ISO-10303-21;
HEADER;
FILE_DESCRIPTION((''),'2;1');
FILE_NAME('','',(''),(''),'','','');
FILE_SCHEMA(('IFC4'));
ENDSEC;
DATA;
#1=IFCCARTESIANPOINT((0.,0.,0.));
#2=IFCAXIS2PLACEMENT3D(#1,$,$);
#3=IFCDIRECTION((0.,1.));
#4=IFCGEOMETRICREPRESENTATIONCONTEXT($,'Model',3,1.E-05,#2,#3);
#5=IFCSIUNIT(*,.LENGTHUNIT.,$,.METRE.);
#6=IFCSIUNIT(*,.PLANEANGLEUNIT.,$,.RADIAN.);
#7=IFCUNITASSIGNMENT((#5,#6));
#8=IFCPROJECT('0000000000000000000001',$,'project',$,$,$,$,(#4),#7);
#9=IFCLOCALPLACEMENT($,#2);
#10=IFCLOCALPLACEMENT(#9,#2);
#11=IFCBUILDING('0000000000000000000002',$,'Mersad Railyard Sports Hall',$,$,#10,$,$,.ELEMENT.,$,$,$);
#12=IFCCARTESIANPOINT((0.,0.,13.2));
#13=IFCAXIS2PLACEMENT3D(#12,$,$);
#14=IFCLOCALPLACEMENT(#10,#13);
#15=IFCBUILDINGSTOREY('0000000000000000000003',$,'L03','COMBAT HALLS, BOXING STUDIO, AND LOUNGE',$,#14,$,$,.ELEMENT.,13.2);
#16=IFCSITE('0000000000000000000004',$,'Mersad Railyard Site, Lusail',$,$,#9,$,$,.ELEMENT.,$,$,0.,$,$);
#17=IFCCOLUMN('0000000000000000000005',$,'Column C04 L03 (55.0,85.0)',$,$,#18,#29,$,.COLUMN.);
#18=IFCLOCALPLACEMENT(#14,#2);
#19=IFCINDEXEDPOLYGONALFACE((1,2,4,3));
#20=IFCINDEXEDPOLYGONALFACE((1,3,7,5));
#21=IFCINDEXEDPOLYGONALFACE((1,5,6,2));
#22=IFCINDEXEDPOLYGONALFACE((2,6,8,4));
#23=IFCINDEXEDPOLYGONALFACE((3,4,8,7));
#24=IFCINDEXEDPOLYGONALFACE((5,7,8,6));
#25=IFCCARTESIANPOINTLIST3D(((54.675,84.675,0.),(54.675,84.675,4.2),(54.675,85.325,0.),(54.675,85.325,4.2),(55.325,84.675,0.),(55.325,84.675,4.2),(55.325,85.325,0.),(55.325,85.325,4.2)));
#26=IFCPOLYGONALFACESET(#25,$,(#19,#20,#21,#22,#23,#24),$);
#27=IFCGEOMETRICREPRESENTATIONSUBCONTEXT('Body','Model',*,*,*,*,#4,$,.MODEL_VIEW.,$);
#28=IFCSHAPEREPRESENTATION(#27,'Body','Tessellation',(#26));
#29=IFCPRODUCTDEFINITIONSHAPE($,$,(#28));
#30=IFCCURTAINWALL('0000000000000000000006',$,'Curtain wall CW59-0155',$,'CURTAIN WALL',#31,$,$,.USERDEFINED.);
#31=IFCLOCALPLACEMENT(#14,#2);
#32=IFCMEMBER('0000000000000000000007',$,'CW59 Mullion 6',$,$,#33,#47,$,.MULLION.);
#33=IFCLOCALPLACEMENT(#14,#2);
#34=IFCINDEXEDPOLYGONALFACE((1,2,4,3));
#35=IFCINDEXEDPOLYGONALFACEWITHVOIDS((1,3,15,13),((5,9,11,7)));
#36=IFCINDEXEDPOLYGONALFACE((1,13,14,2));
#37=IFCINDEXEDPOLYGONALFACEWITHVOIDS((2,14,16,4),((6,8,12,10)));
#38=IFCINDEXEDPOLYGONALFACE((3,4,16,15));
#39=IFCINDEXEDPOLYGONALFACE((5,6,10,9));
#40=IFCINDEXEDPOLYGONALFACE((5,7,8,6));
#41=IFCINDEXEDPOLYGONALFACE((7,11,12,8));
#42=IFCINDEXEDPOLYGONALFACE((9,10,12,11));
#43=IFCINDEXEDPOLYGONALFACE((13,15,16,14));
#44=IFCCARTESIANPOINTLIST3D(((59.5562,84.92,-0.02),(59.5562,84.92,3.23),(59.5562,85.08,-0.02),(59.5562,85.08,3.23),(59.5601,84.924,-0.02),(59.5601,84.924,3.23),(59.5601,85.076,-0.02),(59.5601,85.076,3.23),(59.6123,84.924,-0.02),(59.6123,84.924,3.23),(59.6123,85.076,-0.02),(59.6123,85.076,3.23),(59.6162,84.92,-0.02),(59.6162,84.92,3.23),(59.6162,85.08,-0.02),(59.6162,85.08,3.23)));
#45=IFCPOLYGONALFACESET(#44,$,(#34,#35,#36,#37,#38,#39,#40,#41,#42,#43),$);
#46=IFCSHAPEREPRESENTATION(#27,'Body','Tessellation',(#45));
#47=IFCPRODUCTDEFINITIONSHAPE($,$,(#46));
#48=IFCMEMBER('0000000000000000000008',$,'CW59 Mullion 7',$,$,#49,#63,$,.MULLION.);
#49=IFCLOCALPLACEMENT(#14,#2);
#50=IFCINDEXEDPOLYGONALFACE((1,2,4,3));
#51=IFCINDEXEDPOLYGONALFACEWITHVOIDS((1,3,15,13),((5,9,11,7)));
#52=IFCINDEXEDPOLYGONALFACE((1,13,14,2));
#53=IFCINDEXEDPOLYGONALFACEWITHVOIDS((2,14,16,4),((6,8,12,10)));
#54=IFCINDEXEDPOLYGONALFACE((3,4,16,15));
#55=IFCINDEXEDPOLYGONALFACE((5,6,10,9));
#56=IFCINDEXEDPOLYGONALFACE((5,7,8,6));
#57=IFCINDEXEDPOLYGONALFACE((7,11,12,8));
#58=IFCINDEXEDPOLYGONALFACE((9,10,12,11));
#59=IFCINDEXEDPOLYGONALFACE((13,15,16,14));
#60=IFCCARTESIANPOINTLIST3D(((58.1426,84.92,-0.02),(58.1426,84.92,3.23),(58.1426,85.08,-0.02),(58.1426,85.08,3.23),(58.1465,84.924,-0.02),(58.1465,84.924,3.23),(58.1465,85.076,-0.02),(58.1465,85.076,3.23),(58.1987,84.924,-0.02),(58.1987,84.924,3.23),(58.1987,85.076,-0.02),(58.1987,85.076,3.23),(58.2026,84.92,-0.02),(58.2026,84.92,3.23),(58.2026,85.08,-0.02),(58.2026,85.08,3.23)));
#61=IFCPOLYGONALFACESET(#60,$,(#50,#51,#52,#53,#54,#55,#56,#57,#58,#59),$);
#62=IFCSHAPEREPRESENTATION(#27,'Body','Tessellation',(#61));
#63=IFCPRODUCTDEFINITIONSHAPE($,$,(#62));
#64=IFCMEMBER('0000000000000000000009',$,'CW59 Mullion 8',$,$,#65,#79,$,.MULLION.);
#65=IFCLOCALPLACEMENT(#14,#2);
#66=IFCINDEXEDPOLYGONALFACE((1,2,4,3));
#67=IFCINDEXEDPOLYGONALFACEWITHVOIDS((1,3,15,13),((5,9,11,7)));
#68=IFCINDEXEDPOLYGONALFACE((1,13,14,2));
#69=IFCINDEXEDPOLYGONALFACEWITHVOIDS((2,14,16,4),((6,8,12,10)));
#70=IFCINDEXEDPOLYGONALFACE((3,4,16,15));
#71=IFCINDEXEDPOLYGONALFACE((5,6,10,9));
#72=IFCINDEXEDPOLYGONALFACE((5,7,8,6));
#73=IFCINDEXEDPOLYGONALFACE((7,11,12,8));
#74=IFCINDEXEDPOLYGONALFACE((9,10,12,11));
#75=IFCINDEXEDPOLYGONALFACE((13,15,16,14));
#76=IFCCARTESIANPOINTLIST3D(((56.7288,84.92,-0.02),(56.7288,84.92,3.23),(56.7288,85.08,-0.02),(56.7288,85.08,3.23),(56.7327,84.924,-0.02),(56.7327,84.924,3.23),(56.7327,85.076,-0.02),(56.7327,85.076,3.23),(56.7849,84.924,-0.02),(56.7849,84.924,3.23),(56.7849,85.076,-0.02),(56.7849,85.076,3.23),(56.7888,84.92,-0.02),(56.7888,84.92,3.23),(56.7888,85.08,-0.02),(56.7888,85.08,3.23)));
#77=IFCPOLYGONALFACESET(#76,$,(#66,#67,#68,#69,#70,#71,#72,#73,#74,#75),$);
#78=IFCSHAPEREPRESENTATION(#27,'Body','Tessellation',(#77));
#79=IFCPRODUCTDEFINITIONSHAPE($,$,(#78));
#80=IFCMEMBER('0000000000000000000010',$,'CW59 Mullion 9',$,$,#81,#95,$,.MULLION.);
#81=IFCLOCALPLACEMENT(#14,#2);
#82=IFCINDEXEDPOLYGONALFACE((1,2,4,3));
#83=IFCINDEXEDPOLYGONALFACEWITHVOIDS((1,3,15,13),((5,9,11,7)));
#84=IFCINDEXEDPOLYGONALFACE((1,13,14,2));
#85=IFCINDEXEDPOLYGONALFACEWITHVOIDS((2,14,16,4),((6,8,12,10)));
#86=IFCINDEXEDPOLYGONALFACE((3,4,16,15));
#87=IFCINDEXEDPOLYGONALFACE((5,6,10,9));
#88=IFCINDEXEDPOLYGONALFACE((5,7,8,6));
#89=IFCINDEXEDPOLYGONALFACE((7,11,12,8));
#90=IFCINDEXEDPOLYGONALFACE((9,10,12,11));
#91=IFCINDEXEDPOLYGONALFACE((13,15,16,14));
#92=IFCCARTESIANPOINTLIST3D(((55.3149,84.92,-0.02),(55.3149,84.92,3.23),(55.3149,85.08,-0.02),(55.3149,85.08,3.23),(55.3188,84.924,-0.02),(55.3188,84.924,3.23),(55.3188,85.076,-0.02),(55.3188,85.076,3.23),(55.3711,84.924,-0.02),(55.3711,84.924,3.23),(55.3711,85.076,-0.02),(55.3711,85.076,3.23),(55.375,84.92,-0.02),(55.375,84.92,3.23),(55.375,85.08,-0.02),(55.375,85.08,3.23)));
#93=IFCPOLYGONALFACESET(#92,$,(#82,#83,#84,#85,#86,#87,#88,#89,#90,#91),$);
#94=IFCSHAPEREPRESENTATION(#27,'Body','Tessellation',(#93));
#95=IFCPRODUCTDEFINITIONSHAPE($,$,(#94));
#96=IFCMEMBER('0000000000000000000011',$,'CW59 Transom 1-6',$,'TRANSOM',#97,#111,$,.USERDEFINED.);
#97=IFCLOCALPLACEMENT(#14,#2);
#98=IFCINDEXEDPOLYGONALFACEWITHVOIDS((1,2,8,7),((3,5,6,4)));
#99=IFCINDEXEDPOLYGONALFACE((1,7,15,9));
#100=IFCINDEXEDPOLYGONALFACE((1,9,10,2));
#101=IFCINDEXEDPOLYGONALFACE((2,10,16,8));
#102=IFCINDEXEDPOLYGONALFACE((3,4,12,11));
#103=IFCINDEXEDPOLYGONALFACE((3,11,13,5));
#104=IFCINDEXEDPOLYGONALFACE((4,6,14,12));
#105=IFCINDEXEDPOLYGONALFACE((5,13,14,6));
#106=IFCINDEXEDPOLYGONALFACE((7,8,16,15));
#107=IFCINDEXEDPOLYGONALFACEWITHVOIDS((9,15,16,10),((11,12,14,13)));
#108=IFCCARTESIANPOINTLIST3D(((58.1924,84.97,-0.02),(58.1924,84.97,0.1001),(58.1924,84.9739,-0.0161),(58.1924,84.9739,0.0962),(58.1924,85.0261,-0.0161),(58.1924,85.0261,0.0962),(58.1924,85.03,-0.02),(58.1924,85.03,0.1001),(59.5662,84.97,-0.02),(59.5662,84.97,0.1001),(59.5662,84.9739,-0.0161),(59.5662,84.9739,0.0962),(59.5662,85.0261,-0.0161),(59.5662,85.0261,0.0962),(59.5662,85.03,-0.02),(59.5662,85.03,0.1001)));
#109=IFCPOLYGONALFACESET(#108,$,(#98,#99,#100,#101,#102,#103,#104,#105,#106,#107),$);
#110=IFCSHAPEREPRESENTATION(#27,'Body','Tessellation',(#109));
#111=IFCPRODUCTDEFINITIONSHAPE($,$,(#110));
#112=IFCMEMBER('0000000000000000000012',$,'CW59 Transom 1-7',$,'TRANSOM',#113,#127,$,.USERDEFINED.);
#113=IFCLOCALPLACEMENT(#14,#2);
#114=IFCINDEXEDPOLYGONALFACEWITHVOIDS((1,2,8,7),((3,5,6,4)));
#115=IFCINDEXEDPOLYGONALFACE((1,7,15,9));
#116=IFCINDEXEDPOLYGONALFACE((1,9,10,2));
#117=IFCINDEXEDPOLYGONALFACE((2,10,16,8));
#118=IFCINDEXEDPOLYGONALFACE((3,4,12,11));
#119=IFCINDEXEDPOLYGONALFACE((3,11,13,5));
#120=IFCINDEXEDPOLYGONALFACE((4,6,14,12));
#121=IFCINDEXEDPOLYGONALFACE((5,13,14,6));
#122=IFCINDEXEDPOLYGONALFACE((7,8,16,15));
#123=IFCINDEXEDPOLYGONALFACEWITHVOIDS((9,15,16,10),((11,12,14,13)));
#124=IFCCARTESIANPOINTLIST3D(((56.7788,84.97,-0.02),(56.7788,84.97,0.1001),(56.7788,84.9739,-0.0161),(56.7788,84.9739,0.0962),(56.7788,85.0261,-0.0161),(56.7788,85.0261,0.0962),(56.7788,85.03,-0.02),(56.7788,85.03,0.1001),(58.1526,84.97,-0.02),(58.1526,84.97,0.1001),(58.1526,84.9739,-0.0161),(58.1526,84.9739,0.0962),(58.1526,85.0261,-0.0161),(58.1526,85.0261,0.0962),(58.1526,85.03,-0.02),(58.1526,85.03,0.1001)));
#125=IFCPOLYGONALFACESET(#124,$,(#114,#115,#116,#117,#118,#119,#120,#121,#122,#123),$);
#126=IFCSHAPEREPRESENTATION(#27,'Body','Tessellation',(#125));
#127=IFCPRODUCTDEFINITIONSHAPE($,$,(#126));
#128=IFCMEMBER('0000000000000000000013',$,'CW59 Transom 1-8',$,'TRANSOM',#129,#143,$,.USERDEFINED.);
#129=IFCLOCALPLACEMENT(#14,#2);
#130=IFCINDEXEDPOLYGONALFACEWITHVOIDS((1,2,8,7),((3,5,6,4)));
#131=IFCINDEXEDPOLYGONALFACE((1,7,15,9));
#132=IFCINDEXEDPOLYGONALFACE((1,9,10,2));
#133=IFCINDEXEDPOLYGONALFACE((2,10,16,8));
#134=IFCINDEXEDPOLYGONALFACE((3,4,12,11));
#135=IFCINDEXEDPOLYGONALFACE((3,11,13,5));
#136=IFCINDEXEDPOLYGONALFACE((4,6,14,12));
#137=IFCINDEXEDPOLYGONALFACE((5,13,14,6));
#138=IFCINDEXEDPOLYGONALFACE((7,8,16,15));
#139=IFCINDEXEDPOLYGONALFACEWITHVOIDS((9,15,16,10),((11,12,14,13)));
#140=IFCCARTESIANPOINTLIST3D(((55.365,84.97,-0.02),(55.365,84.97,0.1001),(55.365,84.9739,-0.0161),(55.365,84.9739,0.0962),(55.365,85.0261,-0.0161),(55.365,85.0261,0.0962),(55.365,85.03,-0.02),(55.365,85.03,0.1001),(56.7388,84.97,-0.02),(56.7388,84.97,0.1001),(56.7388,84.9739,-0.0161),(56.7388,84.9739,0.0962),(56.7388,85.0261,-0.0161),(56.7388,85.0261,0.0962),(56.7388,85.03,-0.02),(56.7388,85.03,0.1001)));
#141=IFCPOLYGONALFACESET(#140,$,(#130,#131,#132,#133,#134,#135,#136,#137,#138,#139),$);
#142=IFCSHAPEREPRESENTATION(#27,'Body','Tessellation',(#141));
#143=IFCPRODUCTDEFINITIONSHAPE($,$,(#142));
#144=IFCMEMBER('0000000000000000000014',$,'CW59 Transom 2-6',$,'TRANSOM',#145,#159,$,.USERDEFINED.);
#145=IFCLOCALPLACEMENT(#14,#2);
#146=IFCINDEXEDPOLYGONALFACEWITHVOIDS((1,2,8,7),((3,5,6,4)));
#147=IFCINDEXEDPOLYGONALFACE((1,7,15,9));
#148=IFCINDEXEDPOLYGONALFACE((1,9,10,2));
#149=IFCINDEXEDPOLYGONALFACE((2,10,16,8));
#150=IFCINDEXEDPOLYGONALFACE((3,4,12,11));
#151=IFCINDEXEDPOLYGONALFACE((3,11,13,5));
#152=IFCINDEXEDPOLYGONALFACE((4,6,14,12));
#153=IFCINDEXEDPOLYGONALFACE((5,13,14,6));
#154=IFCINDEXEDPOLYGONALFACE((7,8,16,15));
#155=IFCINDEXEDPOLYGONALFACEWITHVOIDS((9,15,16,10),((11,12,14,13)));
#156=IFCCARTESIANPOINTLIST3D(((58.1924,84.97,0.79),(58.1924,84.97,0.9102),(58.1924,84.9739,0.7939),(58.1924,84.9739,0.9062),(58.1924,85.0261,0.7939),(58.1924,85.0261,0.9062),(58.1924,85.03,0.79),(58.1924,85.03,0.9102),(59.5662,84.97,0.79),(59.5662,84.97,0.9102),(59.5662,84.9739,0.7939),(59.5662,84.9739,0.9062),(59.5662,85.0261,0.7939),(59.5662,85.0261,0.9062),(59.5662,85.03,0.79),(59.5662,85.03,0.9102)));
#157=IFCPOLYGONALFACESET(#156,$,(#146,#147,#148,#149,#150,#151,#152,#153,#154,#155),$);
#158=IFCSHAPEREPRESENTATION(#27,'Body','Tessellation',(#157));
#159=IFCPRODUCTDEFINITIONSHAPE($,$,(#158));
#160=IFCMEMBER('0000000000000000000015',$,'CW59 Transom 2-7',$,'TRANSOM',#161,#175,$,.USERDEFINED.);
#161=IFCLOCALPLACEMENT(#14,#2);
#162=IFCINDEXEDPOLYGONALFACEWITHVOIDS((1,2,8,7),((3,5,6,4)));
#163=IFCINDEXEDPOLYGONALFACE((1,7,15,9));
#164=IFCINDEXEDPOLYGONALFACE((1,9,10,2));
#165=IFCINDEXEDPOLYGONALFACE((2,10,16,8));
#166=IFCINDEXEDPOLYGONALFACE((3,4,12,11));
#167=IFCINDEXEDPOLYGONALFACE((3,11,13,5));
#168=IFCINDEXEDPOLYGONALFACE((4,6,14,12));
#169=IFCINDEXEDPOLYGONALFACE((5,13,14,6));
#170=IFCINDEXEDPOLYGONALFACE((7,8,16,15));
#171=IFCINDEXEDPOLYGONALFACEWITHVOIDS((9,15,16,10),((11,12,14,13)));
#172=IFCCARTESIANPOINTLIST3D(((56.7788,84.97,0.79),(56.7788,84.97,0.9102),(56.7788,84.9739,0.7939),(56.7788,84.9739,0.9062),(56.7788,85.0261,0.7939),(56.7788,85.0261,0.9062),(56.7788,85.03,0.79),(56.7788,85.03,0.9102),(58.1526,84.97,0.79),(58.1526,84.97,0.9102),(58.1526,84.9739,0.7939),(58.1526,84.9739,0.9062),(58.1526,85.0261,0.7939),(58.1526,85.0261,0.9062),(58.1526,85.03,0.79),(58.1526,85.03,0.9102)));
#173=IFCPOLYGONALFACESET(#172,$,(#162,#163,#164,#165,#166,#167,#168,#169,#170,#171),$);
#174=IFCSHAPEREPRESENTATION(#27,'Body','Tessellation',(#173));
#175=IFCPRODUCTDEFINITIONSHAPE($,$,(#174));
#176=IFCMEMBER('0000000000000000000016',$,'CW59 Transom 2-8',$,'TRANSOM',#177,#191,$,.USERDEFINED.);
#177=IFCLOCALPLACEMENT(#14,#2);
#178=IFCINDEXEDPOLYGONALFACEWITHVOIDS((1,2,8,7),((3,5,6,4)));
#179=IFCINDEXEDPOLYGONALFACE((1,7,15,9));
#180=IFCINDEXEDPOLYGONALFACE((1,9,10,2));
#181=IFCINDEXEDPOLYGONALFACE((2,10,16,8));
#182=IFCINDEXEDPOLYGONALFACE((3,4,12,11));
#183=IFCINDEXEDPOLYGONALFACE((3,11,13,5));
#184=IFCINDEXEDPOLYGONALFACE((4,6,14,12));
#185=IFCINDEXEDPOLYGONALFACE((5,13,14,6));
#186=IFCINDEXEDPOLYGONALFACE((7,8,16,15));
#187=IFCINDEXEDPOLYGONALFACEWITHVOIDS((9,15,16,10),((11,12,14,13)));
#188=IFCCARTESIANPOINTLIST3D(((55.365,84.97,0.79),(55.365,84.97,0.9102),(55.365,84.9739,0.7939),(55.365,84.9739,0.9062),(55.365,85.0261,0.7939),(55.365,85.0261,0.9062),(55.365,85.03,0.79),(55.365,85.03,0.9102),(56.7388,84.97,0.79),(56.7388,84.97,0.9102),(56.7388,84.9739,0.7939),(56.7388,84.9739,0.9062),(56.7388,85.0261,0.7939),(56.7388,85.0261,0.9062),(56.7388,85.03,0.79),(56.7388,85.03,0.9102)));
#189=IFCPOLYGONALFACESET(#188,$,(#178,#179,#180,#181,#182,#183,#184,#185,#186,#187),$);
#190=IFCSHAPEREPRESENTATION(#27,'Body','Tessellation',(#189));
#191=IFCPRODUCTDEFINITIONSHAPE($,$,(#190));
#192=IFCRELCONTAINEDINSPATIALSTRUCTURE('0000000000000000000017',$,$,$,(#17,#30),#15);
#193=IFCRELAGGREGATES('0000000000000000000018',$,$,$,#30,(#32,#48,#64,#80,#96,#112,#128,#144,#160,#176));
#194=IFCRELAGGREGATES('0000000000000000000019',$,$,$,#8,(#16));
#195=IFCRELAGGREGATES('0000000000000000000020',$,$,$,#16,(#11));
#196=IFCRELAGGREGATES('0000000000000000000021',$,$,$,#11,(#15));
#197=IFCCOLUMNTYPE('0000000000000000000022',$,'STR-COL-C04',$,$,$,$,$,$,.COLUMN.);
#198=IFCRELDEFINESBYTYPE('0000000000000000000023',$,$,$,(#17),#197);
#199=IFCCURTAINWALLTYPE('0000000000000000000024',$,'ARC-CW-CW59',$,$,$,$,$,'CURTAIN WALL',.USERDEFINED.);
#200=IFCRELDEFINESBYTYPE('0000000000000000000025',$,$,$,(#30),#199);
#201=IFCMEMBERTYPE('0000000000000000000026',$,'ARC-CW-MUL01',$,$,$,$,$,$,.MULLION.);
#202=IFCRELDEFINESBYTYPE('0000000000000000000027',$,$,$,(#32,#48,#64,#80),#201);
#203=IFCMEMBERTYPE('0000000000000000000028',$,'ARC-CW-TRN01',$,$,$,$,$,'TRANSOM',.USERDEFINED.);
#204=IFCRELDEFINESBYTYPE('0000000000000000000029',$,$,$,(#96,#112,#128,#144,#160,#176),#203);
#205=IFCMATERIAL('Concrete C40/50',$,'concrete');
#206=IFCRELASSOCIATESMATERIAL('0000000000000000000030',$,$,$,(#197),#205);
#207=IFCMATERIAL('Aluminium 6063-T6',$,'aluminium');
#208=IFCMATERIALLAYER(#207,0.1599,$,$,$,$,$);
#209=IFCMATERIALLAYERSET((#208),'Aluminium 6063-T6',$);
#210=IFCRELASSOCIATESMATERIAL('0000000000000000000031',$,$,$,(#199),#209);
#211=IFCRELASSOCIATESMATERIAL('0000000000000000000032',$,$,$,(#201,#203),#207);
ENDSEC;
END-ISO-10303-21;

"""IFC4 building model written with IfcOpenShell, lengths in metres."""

from ifc_helpers import new_model, si_unit, direction, frame, origin, origin_2d, place, context, subcontext, project, spatial, rectangle, hollow_rectangle, extrude, material, layer, layer_set, material_profile, profile_set, type_object, element, aggregate, save


model = new_model("IFC4")

# Units and contexts
model_context = context("Model", 3, precision=1e-05, world=origin(), true_north=direction((0.0, 1.0)))
body_context = subcontext(model_context, "Body", "Model", "MODEL_VIEW")
ifc_project = project(units=[si_unit("LENGTHUNIT", "METRE"), si_unit("PLANEANGLEUNIT", "RADIAN")], contexts=[model_context])

# Site, building, storey
site_placement = place(None, origin())
site = spatial("IfcSite", under=ifc_project, at=site_placement, Name="Mersad Railyard Site, Lusail", CompositionType="ELEMENT", RefElevation=0.0)
building_placement = place(site_placement, origin())
building = spatial("IfcBuilding", under=site, at=building_placement, Name="Mersad Railyard Sports Hall", CompositionType="ELEMENT")
storey_placement = place(building_placement, frame((0.0, 0.0, 13.2)))
storey = spatial("IfcBuildingStorey", under=building, at=storey_placement, Name="L03", Description="COMBAT HALLS, BOXING STUDIO, AND LOUNGE", CompositionType="ELEMENT", Elevation=13.2)

# Column
ifc_material_1 = material(Name="Concrete C40/50", Category="concrete")
ifc_material_profile_1 = material_profile(ifc_material_1, rectangle(XDim=0.6499, YDim=0.6499, at=origin_2d()), Name="RC 650x650")
ifc_profile_set_1 = profile_set([ifc_material_profile_1], Name="Concrete C40/50")
column_type = type_object("IfcColumnType", Name="STR-COL-C04", PredefinedType="COLUMN", material=ifc_profile_set_1)
column_placement = place(storey_placement, frame((55.0, 85.0, 0.0), z_axis=(0.0, 0.0, 1.0), x_axis=(1.0, 0.0, 0.0)))
element("IfcColumn", 1, at=column_placement, inside=storey, type_object=column_type, Name="Column C04 L03 (55.0,85.0)", PredefinedType="COLUMN", context=body_context, shape_type="SweptSolid", body=[
    extrude(rectangle(XDim=0.6499, YDim=0.6499, at=origin_2d()), origin(), (0.0, 0.0, 1.0), 4.2),
])

# Curtain wall, members
ifc_material_2 = material(Name="Aluminium 6063-T6", Category="aluminium")
ifc_layer_1 = layer(ifc_material_2, 0.1599)
ifc_layer_set_1 = layer_set([ifc_layer_1], Name="Aluminium 6063-T6")
curtain_wall_type = type_object("IfcCurtainWallType", Name="ARC-CW-CW59", ElementType="CURTAIN WALL", PredefinedType="USERDEFINED", material=ifc_layer_set_1)
curtain_wall_placement = place(storey_placement, origin())
curtain_wall = element("IfcCurtainWall", 2, at=curtain_wall_placement, inside=storey, type_object=curtain_wall_type, Name="Curtain wall CW59-0155", ObjectType="CURTAIN WALL", PredefinedType="USERDEFINED")
ifc_material_profile_2 = material_profile(ifc_material_2, hollow_rectangle(XDim=0.0601, YDim=0.1599, WallThickness=0.0039, at=origin_2d()), Name="AL MULLION 60x160x4")
ifc_profile_set_2 = profile_set([ifc_material_profile_2], Name="Aluminium 6063-T6")
member_type_1 = type_object("IfcMemberType", Name="ARC-CW-MUL01", PredefinedType="MULLION", material=ifc_profile_set_2)
member_1_placement = place(storey_placement, frame((59.5862, 85.0, -0.02), z_axis=(0.0, 0.0, 1.0), x_axis=(1.0, 0.0, 0.0)))
member_1 = element("IfcMember", 3, at=member_1_placement, type_object=member_type_1, Name="CW59 Mullion 6", PredefinedType="MULLION", context=body_context, shape_type="SweptSolid", body=[
    extrude(hollow_rectangle(XDim=0.0601, YDim=0.1599, WallThickness=0.0039, at=origin_2d()), origin(), (0.0, 0.0, 1.0), 3.25),
])
member_2_placement = place(storey_placement, frame((58.1726, 85.0, -0.02), z_axis=(0.0, 0.0, 1.0), x_axis=(1.0, 0.0, 0.0)))
member_2 = element("IfcMember", 4, at=member_2_placement, type_object=member_type_1, Name="CW59 Mullion 7", PredefinedType="MULLION", context=body_context, shape_type="SweptSolid", body=[
    extrude(hollow_rectangle(XDim=0.0601, YDim=0.1599, WallThickness=0.0039, at=origin_2d()), origin(), (0.0, 0.0, 1.0), 3.25),
])
member_3_placement = place(storey_placement, frame((56.7588, 85.0, -0.02), z_axis=(0.0, 0.0, 1.0), x_axis=(1.0, 0.0, 0.0)))
member_3 = element("IfcMember", 5, at=member_3_placement, type_object=member_type_1, Name="CW59 Mullion 8", PredefinedType="MULLION", context=body_context, shape_type="SweptSolid", body=[
    extrude(hollow_rectangle(XDim=0.0601, YDim=0.1599, WallThickness=0.0039, at=origin_2d()), origin(), (0.0, 0.0, 1.0), 3.25),
])
member_4_placement = place(storey_placement, frame((55.345, 85.0, -0.02), z_axis=(0.0, 0.0, 1.0), x_axis=(1.0, 0.0, 0.0)))
member_4 = element("IfcMember", 6, at=member_4_placement, type_object=member_type_1, Name="CW59 Mullion 9", PredefinedType="MULLION", context=body_context, shape_type="SweptSolid", body=[
    extrude(hollow_rectangle(XDim=0.0601, YDim=0.1599, WallThickness=0.0039, at=origin_2d()), origin(), (0.0, 0.0, 1.0), 3.25),
])
ifc_material_profile_3 = material_profile(ifc_material_2, hollow_rectangle(XDim=0.0601, YDim=0.1201, WallThickness=0.0039, at=origin_2d()), Name="AL TRANSOM 60x120x4")
ifc_profile_set_3 = profile_set([ifc_material_profile_3], Name="Aluminium 6063-T6")
member_type_2 = type_object("IfcMemberType", Name="ARC-CW-TRN01", ElementType="TRANSOM", PredefinedType="USERDEFINED", material=ifc_profile_set_3)
member_5_placement = place(storey_placement, frame((59.5662, 85.0, 0.04), z_axis=(-1.0, 0.0, 0.0), x_axis=(0.0, -1.0, 0.0)))
member_5 = element("IfcMember", 7, at=member_5_placement, type_object=member_type_2, Name="CW59 Transom 1-6", ObjectType="TRANSOM", PredefinedType="USERDEFINED", context=body_context, shape_type="SweptSolid", body=[
    extrude(hollow_rectangle(XDim=0.0601, YDim=0.1201, WallThickness=0.0039, at=origin_2d()), origin(), (0.0, 0.0, 1.0), 1.3738),
])
member_6_placement = place(storey_placement, frame((58.1526, 85.0, 0.04), z_axis=(-1.0, 0.0, 0.0), x_axis=(0.0, -1.0, 0.0)))
member_6 = element("IfcMember", 8, at=member_6_placement, type_object=member_type_2, Name="CW59 Transom 1-7", ObjectType="TRANSOM", PredefinedType="USERDEFINED", context=body_context, shape_type="SweptSolid", body=[
    extrude(hollow_rectangle(XDim=0.0601, YDim=0.1201, WallThickness=0.0039, at=origin_2d()), origin(), (0.0, 0.0, 1.0), 1.3738),
])
member_7_placement = place(storey_placement, frame((56.7388, 85.0, 0.04), z_axis=(-1.0, 0.0, 0.0), x_axis=(0.0, -1.0, 0.0)))
member_7 = element("IfcMember", 9, at=member_7_placement, type_object=member_type_2, Name="CW59 Transom 1-8", ObjectType="TRANSOM", PredefinedType="USERDEFINED", context=body_context, shape_type="SweptSolid", body=[
    extrude(hollow_rectangle(XDim=0.0601, YDim=0.1201, WallThickness=0.0039, at=origin_2d()), origin(), (0.0, 0.0, 1.0), 1.3738),
])
member_8_placement = place(storey_placement, frame((59.5662, 85.0, 0.8501), z_axis=(-1.0, 0.0, 0.0), x_axis=(0.0, -1.0, 0.0)))
member_8 = element("IfcMember", 10, at=member_8_placement, type_object=member_type_2, Name="CW59 Transom 2-6", ObjectType="TRANSOM", PredefinedType="USERDEFINED", context=body_context, shape_type="SweptSolid", body=[
    extrude(hollow_rectangle(XDim=0.0601, YDim=0.1201, WallThickness=0.0039, at=origin_2d()), origin(), (0.0, 0.0, 1.0), 1.3738),
])
member_9_placement = place(storey_placement, frame((58.1526, 85.0, 0.8501), z_axis=(-1.0, 0.0, 0.0), x_axis=(0.0, -1.0, 0.0)))
member_9 = element("IfcMember", 11, at=member_9_placement, type_object=member_type_2, Name="CW59 Transom 2-7", ObjectType="TRANSOM", PredefinedType="USERDEFINED", context=body_context, shape_type="SweptSolid", body=[
    extrude(hollow_rectangle(XDim=0.0601, YDim=0.1201, WallThickness=0.0039, at=origin_2d()), origin(), (0.0, 0.0, 1.0), 1.3738),
])
member_10_placement = place(storey_placement, frame((56.7388, 85.0, 0.8501), z_axis=(-1.0, 0.0, 0.0), x_axis=(0.0, -1.0, 0.0)))
member_10 = element("IfcMember", 12, at=member_10_placement, type_object=member_type_2, Name="CW59 Transom 2-8", ObjectType="TRANSOM", PredefinedType="USERDEFINED", context=body_context, shape_type="SweptSolid", body=[
    extrude(hollow_rectangle(XDim=0.0601, YDim=0.1201, WallThickness=0.0039, at=origin_2d()), origin(), (0.0, 0.0, 1.0), 1.3738),
])

aggregate(curtain_wall, [member_1, member_2, member_3, member_4, member_5, member_6, member_7, member_8, member_9, member_10])

save(model, "model.ifc")
